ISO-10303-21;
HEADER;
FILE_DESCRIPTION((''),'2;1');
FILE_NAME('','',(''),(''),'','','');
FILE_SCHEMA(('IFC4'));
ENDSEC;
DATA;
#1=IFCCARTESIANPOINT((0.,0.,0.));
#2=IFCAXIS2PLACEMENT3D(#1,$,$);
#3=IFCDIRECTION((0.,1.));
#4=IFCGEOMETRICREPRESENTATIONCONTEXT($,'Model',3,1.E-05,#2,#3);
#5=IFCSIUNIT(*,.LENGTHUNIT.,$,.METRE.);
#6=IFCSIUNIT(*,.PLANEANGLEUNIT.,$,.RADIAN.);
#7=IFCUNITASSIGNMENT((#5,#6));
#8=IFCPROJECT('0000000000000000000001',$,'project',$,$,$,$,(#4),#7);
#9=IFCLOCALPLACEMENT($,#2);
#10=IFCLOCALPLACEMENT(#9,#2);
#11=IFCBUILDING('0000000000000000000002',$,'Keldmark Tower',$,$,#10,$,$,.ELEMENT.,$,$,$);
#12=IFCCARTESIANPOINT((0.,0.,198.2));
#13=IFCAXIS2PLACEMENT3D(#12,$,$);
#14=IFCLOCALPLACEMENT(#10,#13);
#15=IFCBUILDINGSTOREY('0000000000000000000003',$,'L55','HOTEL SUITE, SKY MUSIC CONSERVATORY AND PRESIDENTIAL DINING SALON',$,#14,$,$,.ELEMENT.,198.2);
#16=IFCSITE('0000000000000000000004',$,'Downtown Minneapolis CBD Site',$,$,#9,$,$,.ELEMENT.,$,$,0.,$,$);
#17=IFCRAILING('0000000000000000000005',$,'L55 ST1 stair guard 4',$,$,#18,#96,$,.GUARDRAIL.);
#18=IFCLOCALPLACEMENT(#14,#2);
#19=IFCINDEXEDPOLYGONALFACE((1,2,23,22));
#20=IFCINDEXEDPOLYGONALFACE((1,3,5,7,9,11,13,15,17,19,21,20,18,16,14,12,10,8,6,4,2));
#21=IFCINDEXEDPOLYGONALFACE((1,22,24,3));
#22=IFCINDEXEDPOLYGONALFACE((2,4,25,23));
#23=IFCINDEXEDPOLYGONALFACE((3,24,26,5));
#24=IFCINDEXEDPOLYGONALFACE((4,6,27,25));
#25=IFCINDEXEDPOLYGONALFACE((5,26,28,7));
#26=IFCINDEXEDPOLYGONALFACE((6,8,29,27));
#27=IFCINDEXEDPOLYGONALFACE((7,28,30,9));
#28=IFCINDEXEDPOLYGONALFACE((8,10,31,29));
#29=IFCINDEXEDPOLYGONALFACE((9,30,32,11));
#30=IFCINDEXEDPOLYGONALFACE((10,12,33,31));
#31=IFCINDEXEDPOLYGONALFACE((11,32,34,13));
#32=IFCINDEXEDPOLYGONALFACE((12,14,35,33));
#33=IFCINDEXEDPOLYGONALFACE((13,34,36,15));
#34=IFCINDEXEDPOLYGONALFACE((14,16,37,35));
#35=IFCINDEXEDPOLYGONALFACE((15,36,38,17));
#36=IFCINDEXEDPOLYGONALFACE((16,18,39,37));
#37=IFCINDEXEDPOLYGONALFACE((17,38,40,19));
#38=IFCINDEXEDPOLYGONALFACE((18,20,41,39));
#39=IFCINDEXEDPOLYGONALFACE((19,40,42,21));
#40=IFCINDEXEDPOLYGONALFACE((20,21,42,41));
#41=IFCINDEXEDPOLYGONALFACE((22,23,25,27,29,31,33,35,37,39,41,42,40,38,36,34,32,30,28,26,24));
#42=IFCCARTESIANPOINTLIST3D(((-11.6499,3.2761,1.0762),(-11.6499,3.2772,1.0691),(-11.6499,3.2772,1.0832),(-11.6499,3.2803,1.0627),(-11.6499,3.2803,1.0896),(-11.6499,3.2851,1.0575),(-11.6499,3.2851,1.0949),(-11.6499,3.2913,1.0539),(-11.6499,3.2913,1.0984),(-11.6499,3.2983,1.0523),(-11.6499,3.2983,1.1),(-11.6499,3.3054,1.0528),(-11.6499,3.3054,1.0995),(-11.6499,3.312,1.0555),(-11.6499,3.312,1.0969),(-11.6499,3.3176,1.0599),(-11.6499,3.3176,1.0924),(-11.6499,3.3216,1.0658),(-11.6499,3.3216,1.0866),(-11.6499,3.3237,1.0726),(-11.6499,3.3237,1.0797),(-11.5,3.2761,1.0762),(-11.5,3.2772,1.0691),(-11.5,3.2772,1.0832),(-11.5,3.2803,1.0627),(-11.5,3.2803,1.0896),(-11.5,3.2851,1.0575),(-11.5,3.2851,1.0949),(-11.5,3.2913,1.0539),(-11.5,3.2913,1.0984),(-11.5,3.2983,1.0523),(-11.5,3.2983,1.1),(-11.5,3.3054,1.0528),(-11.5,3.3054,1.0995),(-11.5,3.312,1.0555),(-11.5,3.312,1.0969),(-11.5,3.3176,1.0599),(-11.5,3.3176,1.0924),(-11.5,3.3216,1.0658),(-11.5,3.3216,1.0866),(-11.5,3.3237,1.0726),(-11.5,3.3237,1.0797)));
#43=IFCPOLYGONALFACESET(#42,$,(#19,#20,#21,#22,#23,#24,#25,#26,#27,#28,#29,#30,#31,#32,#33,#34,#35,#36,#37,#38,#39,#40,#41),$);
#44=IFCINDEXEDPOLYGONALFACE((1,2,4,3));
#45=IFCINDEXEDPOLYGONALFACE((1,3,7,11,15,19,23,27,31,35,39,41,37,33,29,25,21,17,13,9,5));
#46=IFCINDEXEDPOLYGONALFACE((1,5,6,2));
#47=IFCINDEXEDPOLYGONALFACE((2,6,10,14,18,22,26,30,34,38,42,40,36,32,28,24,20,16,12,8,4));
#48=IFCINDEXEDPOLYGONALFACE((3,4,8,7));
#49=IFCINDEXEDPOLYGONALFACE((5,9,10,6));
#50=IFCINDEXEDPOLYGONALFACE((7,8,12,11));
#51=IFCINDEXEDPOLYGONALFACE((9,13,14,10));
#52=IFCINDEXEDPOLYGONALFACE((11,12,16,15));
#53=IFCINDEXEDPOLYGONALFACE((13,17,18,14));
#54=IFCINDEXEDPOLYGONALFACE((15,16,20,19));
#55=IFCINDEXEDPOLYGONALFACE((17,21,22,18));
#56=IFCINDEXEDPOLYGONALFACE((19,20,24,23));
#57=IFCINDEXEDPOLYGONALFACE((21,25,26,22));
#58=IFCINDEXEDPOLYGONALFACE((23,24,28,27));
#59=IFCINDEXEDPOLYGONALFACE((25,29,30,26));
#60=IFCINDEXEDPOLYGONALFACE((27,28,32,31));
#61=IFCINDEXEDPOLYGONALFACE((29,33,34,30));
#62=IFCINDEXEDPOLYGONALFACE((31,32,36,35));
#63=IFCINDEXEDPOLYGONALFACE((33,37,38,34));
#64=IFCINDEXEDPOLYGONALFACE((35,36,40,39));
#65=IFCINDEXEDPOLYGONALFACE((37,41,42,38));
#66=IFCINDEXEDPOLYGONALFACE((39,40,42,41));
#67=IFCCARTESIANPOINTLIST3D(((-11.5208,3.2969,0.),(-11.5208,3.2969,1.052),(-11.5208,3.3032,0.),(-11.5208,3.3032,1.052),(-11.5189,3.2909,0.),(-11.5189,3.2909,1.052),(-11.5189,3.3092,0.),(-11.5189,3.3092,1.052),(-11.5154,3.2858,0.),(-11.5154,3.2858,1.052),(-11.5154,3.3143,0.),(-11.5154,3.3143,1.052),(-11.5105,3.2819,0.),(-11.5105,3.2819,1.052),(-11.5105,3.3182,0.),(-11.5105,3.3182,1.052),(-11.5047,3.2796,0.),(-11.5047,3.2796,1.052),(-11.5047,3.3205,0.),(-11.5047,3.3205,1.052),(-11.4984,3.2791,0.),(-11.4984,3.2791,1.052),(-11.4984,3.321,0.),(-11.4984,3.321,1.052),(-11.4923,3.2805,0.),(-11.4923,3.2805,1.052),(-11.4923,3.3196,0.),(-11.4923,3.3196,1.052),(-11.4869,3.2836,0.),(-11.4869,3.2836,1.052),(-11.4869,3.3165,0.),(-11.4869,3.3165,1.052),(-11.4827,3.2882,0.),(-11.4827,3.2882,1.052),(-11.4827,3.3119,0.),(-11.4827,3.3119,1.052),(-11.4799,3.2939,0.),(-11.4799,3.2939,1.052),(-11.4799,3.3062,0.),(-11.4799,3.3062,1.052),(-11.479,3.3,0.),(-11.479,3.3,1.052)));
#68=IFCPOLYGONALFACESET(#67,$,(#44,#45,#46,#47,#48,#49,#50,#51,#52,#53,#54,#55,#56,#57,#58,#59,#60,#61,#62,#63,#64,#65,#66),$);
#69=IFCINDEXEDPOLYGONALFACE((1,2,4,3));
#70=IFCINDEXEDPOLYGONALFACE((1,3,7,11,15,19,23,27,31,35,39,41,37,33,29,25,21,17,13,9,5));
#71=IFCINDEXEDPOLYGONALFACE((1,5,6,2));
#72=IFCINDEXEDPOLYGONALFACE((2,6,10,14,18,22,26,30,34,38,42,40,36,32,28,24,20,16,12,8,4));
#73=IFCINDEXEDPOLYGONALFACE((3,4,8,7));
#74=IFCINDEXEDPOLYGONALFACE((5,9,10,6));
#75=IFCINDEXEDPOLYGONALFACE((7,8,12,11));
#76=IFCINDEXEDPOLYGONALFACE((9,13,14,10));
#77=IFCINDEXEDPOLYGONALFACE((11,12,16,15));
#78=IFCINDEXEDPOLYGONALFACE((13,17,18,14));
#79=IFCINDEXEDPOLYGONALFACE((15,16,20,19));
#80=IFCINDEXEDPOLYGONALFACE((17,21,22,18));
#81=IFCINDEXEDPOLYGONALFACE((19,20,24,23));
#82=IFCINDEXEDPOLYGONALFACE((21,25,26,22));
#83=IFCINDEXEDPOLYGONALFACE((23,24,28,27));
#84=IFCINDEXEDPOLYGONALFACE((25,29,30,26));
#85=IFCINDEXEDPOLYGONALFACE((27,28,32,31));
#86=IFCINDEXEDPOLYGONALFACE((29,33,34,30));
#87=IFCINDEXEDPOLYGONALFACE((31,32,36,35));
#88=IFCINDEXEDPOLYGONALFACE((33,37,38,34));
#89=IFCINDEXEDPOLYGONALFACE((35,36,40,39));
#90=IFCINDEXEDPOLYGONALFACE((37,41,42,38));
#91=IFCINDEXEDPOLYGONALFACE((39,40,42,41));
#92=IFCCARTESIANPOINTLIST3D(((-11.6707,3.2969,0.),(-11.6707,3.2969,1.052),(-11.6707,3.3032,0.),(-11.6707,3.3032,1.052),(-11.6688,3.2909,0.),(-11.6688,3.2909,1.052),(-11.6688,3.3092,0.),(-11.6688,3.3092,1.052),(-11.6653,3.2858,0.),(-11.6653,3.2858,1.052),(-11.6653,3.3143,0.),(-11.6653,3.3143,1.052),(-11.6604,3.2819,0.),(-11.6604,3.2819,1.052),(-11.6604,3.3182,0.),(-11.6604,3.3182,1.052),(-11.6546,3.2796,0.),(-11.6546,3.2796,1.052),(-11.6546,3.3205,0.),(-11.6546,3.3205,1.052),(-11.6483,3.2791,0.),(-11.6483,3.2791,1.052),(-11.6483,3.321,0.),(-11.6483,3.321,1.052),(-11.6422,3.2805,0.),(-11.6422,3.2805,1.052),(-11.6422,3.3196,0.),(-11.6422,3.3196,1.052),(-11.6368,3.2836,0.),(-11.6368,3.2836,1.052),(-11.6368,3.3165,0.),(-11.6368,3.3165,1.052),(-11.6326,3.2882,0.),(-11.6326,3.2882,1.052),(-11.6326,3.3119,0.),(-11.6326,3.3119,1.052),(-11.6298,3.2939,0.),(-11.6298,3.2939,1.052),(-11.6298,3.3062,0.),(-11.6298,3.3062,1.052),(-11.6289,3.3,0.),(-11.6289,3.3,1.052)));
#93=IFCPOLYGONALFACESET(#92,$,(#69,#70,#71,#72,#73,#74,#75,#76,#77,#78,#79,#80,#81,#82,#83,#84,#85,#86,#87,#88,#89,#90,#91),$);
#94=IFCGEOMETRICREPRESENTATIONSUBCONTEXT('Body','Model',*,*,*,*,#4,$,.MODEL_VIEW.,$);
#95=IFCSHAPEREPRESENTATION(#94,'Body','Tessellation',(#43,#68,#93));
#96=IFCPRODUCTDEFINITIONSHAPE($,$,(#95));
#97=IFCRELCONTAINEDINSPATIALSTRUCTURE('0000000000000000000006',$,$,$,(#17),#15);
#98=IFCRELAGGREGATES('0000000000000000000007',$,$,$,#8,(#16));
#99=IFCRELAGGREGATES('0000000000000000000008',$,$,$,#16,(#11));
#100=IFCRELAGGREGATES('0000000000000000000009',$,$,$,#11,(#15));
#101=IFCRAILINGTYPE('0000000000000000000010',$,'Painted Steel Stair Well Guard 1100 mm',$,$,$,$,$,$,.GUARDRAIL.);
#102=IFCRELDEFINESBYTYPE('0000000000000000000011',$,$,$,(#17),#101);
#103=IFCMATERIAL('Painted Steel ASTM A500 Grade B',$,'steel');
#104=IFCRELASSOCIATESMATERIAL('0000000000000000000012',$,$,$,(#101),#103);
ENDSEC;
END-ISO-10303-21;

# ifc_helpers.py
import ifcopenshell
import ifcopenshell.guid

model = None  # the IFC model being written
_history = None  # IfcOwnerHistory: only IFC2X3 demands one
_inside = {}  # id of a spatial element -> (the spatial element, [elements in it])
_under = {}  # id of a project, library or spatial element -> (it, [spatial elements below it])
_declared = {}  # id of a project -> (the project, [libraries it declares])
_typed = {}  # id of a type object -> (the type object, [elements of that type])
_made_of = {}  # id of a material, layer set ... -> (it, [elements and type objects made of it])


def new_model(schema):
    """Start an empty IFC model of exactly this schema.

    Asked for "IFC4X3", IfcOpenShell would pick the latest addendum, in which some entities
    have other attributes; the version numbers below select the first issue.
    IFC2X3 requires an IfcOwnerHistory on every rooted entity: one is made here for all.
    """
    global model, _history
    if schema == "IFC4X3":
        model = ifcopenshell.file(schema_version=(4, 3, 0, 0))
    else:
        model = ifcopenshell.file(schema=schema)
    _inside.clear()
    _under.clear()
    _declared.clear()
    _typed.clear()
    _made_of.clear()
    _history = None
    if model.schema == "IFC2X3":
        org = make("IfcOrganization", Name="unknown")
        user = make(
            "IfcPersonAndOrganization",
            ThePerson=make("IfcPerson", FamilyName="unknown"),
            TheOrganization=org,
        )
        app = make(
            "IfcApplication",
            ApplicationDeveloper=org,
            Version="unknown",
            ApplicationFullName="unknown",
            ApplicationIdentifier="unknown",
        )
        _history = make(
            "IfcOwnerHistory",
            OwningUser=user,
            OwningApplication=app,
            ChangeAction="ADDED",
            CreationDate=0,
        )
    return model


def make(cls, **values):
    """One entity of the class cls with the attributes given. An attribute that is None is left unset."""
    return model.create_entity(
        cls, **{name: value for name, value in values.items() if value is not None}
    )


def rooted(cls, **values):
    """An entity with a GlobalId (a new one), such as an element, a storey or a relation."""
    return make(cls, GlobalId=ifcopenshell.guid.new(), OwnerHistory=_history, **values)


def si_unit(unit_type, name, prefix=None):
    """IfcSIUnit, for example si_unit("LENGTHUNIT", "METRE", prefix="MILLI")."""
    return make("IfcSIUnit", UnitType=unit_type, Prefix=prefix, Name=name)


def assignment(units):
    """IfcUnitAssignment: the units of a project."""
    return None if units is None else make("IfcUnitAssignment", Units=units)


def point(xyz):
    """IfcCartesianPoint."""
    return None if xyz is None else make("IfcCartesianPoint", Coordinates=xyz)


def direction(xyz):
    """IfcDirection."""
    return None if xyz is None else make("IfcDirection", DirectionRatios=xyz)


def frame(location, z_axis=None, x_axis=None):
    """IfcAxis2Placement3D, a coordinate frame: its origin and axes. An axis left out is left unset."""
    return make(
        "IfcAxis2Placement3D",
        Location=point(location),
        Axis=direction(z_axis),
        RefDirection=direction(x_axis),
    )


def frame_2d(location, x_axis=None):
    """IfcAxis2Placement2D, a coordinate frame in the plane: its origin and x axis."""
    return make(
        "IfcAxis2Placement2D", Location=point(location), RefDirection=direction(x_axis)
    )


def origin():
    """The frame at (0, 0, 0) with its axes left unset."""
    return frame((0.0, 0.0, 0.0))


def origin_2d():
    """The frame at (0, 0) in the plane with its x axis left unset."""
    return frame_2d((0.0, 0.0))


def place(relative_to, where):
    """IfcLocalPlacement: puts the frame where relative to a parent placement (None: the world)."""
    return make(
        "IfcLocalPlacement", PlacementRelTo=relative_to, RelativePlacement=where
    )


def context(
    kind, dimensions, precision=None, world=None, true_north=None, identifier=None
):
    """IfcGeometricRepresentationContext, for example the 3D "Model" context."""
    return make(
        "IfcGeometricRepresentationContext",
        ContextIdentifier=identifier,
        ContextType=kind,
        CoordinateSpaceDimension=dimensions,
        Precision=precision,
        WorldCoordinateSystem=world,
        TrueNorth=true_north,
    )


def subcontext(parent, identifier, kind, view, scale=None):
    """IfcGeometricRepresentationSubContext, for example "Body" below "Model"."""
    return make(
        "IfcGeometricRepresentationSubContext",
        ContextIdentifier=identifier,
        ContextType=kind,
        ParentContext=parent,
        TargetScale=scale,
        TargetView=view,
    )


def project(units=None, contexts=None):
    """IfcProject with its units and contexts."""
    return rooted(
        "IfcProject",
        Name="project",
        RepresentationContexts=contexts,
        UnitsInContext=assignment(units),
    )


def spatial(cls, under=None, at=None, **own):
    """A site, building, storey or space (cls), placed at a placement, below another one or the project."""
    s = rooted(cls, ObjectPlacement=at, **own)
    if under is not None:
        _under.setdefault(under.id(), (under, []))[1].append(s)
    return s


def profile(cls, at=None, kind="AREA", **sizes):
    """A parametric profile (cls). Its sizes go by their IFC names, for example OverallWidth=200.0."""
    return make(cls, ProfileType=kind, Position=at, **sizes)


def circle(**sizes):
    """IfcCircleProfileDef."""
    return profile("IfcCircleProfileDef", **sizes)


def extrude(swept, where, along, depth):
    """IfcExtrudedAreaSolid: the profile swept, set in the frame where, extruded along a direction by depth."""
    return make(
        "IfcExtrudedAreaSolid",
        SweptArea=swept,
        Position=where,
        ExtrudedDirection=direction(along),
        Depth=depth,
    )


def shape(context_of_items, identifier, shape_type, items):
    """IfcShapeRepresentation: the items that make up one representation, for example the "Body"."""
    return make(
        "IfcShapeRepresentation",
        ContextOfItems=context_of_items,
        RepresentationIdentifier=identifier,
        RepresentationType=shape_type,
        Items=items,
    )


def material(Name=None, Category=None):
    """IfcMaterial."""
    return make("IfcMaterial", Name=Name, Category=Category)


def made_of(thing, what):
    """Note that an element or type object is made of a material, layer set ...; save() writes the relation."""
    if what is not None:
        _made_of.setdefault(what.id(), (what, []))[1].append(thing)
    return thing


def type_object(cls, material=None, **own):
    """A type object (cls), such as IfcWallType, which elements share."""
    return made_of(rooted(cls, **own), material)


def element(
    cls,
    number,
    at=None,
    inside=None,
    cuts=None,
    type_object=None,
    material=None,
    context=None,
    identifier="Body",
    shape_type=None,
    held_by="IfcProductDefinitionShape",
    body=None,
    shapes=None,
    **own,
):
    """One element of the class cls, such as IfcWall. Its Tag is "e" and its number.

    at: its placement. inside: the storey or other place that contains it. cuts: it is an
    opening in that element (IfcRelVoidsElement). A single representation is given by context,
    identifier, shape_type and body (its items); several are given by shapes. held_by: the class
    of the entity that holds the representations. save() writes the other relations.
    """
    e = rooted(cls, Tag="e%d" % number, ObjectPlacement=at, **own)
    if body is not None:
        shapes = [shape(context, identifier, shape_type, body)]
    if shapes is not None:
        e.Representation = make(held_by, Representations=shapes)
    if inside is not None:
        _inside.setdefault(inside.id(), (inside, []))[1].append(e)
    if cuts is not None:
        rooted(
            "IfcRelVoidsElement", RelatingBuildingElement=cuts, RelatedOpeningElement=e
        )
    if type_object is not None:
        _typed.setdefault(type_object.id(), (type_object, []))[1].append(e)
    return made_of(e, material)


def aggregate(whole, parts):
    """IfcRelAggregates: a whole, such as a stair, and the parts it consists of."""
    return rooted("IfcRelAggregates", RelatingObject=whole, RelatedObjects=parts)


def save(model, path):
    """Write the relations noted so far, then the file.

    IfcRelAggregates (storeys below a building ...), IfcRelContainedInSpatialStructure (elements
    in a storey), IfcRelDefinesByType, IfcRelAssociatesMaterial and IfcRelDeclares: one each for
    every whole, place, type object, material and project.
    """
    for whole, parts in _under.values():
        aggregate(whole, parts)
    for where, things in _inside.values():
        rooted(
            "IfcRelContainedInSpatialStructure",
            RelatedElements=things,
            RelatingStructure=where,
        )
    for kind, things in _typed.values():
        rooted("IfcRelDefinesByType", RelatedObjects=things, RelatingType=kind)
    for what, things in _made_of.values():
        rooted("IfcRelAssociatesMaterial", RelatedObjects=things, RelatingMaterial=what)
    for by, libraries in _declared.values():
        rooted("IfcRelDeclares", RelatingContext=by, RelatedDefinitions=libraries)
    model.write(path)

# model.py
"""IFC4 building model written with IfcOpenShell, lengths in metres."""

from ifc_helpers import new_model, si_unit, direction, frame, origin, origin_2d, place, context, subcontext, project, spatial, circle, extrude, material, type_object, element, save


model = new_model("IFC4")

# Units and contexts
model_context = context("Model", 3, precision=1e-05, world=origin(), true_north=direction((0.0, 1.0)))
body_context = subcontext(model_context, "Body", "Model", "MODEL_VIEW")
ifc_project = project(units=[si_unit("LENGTHUNIT", "METRE"), si_unit("PLANEANGLEUNIT", "RADIAN")], contexts=[model_context])

# Site, building, storey
site_placement = place(None, origin())
site = spatial("IfcSite", under=ifc_project, at=site_placement, Name="Downtown Minneapolis CBD Site", CompositionType="ELEMENT", RefElevation=0.0)
building_placement = place(site_placement, origin())
building = spatial("IfcBuilding", under=site, at=building_placement, Name="Keldmark Tower", CompositionType="ELEMENT")
storey_placement = place(building_placement, frame((0.0, 0.0, 198.2)))
storey = spatial("IfcBuildingStorey", under=building, at=storey_placement, Name="L55", Description="HOTEL SUITE, SKY MUSIC CONSERVATORY AND PRESIDENTIAL DINING SALON", CompositionType="ELEMENT", Elevation=198.2)

# Railing
ifc_material_1 = material(Name="Painted Steel ASTM A500 Grade B", Category="steel")
railing_type_1 = type_object("IfcRailingType", Name="Painted Steel Stair Well Guard 1100 mm", PredefinedType="GUARDRAIL", material=ifc_material_1)
railing_1_placement = place(storey_placement, frame((-11.5, 3.3, 0.0)))
element("IfcRailing", 1, at=railing_1_placement, inside=storey, type_object=railing_type_1, Name="L55 ST1 stair guard 4", PredefinedType="GUARDRAIL", context=body_context, shape_type="SweptSolid", body=[
    extrude(circle(Radius=0.0239, at=origin_2d()), frame((0.0, 0.0, 1.0762), z_axis=(-1.0, 0.0, 0.0), x_axis=(0.0, -1.0, 0.0)), (0.0, 0.0, 1.0), 0.1499),
    extrude(circle(Radius=0.021, at=origin_2d()), origin(), (0.0, 0.0, 1.0), 1.052),
    extrude(circle(Radius=0.021, at=origin_2d()), frame((-0.1499, 0.0, 0.0)), (0.0, 0.0, 1.0), 1.052),
])

save(model, "model.ifc")
